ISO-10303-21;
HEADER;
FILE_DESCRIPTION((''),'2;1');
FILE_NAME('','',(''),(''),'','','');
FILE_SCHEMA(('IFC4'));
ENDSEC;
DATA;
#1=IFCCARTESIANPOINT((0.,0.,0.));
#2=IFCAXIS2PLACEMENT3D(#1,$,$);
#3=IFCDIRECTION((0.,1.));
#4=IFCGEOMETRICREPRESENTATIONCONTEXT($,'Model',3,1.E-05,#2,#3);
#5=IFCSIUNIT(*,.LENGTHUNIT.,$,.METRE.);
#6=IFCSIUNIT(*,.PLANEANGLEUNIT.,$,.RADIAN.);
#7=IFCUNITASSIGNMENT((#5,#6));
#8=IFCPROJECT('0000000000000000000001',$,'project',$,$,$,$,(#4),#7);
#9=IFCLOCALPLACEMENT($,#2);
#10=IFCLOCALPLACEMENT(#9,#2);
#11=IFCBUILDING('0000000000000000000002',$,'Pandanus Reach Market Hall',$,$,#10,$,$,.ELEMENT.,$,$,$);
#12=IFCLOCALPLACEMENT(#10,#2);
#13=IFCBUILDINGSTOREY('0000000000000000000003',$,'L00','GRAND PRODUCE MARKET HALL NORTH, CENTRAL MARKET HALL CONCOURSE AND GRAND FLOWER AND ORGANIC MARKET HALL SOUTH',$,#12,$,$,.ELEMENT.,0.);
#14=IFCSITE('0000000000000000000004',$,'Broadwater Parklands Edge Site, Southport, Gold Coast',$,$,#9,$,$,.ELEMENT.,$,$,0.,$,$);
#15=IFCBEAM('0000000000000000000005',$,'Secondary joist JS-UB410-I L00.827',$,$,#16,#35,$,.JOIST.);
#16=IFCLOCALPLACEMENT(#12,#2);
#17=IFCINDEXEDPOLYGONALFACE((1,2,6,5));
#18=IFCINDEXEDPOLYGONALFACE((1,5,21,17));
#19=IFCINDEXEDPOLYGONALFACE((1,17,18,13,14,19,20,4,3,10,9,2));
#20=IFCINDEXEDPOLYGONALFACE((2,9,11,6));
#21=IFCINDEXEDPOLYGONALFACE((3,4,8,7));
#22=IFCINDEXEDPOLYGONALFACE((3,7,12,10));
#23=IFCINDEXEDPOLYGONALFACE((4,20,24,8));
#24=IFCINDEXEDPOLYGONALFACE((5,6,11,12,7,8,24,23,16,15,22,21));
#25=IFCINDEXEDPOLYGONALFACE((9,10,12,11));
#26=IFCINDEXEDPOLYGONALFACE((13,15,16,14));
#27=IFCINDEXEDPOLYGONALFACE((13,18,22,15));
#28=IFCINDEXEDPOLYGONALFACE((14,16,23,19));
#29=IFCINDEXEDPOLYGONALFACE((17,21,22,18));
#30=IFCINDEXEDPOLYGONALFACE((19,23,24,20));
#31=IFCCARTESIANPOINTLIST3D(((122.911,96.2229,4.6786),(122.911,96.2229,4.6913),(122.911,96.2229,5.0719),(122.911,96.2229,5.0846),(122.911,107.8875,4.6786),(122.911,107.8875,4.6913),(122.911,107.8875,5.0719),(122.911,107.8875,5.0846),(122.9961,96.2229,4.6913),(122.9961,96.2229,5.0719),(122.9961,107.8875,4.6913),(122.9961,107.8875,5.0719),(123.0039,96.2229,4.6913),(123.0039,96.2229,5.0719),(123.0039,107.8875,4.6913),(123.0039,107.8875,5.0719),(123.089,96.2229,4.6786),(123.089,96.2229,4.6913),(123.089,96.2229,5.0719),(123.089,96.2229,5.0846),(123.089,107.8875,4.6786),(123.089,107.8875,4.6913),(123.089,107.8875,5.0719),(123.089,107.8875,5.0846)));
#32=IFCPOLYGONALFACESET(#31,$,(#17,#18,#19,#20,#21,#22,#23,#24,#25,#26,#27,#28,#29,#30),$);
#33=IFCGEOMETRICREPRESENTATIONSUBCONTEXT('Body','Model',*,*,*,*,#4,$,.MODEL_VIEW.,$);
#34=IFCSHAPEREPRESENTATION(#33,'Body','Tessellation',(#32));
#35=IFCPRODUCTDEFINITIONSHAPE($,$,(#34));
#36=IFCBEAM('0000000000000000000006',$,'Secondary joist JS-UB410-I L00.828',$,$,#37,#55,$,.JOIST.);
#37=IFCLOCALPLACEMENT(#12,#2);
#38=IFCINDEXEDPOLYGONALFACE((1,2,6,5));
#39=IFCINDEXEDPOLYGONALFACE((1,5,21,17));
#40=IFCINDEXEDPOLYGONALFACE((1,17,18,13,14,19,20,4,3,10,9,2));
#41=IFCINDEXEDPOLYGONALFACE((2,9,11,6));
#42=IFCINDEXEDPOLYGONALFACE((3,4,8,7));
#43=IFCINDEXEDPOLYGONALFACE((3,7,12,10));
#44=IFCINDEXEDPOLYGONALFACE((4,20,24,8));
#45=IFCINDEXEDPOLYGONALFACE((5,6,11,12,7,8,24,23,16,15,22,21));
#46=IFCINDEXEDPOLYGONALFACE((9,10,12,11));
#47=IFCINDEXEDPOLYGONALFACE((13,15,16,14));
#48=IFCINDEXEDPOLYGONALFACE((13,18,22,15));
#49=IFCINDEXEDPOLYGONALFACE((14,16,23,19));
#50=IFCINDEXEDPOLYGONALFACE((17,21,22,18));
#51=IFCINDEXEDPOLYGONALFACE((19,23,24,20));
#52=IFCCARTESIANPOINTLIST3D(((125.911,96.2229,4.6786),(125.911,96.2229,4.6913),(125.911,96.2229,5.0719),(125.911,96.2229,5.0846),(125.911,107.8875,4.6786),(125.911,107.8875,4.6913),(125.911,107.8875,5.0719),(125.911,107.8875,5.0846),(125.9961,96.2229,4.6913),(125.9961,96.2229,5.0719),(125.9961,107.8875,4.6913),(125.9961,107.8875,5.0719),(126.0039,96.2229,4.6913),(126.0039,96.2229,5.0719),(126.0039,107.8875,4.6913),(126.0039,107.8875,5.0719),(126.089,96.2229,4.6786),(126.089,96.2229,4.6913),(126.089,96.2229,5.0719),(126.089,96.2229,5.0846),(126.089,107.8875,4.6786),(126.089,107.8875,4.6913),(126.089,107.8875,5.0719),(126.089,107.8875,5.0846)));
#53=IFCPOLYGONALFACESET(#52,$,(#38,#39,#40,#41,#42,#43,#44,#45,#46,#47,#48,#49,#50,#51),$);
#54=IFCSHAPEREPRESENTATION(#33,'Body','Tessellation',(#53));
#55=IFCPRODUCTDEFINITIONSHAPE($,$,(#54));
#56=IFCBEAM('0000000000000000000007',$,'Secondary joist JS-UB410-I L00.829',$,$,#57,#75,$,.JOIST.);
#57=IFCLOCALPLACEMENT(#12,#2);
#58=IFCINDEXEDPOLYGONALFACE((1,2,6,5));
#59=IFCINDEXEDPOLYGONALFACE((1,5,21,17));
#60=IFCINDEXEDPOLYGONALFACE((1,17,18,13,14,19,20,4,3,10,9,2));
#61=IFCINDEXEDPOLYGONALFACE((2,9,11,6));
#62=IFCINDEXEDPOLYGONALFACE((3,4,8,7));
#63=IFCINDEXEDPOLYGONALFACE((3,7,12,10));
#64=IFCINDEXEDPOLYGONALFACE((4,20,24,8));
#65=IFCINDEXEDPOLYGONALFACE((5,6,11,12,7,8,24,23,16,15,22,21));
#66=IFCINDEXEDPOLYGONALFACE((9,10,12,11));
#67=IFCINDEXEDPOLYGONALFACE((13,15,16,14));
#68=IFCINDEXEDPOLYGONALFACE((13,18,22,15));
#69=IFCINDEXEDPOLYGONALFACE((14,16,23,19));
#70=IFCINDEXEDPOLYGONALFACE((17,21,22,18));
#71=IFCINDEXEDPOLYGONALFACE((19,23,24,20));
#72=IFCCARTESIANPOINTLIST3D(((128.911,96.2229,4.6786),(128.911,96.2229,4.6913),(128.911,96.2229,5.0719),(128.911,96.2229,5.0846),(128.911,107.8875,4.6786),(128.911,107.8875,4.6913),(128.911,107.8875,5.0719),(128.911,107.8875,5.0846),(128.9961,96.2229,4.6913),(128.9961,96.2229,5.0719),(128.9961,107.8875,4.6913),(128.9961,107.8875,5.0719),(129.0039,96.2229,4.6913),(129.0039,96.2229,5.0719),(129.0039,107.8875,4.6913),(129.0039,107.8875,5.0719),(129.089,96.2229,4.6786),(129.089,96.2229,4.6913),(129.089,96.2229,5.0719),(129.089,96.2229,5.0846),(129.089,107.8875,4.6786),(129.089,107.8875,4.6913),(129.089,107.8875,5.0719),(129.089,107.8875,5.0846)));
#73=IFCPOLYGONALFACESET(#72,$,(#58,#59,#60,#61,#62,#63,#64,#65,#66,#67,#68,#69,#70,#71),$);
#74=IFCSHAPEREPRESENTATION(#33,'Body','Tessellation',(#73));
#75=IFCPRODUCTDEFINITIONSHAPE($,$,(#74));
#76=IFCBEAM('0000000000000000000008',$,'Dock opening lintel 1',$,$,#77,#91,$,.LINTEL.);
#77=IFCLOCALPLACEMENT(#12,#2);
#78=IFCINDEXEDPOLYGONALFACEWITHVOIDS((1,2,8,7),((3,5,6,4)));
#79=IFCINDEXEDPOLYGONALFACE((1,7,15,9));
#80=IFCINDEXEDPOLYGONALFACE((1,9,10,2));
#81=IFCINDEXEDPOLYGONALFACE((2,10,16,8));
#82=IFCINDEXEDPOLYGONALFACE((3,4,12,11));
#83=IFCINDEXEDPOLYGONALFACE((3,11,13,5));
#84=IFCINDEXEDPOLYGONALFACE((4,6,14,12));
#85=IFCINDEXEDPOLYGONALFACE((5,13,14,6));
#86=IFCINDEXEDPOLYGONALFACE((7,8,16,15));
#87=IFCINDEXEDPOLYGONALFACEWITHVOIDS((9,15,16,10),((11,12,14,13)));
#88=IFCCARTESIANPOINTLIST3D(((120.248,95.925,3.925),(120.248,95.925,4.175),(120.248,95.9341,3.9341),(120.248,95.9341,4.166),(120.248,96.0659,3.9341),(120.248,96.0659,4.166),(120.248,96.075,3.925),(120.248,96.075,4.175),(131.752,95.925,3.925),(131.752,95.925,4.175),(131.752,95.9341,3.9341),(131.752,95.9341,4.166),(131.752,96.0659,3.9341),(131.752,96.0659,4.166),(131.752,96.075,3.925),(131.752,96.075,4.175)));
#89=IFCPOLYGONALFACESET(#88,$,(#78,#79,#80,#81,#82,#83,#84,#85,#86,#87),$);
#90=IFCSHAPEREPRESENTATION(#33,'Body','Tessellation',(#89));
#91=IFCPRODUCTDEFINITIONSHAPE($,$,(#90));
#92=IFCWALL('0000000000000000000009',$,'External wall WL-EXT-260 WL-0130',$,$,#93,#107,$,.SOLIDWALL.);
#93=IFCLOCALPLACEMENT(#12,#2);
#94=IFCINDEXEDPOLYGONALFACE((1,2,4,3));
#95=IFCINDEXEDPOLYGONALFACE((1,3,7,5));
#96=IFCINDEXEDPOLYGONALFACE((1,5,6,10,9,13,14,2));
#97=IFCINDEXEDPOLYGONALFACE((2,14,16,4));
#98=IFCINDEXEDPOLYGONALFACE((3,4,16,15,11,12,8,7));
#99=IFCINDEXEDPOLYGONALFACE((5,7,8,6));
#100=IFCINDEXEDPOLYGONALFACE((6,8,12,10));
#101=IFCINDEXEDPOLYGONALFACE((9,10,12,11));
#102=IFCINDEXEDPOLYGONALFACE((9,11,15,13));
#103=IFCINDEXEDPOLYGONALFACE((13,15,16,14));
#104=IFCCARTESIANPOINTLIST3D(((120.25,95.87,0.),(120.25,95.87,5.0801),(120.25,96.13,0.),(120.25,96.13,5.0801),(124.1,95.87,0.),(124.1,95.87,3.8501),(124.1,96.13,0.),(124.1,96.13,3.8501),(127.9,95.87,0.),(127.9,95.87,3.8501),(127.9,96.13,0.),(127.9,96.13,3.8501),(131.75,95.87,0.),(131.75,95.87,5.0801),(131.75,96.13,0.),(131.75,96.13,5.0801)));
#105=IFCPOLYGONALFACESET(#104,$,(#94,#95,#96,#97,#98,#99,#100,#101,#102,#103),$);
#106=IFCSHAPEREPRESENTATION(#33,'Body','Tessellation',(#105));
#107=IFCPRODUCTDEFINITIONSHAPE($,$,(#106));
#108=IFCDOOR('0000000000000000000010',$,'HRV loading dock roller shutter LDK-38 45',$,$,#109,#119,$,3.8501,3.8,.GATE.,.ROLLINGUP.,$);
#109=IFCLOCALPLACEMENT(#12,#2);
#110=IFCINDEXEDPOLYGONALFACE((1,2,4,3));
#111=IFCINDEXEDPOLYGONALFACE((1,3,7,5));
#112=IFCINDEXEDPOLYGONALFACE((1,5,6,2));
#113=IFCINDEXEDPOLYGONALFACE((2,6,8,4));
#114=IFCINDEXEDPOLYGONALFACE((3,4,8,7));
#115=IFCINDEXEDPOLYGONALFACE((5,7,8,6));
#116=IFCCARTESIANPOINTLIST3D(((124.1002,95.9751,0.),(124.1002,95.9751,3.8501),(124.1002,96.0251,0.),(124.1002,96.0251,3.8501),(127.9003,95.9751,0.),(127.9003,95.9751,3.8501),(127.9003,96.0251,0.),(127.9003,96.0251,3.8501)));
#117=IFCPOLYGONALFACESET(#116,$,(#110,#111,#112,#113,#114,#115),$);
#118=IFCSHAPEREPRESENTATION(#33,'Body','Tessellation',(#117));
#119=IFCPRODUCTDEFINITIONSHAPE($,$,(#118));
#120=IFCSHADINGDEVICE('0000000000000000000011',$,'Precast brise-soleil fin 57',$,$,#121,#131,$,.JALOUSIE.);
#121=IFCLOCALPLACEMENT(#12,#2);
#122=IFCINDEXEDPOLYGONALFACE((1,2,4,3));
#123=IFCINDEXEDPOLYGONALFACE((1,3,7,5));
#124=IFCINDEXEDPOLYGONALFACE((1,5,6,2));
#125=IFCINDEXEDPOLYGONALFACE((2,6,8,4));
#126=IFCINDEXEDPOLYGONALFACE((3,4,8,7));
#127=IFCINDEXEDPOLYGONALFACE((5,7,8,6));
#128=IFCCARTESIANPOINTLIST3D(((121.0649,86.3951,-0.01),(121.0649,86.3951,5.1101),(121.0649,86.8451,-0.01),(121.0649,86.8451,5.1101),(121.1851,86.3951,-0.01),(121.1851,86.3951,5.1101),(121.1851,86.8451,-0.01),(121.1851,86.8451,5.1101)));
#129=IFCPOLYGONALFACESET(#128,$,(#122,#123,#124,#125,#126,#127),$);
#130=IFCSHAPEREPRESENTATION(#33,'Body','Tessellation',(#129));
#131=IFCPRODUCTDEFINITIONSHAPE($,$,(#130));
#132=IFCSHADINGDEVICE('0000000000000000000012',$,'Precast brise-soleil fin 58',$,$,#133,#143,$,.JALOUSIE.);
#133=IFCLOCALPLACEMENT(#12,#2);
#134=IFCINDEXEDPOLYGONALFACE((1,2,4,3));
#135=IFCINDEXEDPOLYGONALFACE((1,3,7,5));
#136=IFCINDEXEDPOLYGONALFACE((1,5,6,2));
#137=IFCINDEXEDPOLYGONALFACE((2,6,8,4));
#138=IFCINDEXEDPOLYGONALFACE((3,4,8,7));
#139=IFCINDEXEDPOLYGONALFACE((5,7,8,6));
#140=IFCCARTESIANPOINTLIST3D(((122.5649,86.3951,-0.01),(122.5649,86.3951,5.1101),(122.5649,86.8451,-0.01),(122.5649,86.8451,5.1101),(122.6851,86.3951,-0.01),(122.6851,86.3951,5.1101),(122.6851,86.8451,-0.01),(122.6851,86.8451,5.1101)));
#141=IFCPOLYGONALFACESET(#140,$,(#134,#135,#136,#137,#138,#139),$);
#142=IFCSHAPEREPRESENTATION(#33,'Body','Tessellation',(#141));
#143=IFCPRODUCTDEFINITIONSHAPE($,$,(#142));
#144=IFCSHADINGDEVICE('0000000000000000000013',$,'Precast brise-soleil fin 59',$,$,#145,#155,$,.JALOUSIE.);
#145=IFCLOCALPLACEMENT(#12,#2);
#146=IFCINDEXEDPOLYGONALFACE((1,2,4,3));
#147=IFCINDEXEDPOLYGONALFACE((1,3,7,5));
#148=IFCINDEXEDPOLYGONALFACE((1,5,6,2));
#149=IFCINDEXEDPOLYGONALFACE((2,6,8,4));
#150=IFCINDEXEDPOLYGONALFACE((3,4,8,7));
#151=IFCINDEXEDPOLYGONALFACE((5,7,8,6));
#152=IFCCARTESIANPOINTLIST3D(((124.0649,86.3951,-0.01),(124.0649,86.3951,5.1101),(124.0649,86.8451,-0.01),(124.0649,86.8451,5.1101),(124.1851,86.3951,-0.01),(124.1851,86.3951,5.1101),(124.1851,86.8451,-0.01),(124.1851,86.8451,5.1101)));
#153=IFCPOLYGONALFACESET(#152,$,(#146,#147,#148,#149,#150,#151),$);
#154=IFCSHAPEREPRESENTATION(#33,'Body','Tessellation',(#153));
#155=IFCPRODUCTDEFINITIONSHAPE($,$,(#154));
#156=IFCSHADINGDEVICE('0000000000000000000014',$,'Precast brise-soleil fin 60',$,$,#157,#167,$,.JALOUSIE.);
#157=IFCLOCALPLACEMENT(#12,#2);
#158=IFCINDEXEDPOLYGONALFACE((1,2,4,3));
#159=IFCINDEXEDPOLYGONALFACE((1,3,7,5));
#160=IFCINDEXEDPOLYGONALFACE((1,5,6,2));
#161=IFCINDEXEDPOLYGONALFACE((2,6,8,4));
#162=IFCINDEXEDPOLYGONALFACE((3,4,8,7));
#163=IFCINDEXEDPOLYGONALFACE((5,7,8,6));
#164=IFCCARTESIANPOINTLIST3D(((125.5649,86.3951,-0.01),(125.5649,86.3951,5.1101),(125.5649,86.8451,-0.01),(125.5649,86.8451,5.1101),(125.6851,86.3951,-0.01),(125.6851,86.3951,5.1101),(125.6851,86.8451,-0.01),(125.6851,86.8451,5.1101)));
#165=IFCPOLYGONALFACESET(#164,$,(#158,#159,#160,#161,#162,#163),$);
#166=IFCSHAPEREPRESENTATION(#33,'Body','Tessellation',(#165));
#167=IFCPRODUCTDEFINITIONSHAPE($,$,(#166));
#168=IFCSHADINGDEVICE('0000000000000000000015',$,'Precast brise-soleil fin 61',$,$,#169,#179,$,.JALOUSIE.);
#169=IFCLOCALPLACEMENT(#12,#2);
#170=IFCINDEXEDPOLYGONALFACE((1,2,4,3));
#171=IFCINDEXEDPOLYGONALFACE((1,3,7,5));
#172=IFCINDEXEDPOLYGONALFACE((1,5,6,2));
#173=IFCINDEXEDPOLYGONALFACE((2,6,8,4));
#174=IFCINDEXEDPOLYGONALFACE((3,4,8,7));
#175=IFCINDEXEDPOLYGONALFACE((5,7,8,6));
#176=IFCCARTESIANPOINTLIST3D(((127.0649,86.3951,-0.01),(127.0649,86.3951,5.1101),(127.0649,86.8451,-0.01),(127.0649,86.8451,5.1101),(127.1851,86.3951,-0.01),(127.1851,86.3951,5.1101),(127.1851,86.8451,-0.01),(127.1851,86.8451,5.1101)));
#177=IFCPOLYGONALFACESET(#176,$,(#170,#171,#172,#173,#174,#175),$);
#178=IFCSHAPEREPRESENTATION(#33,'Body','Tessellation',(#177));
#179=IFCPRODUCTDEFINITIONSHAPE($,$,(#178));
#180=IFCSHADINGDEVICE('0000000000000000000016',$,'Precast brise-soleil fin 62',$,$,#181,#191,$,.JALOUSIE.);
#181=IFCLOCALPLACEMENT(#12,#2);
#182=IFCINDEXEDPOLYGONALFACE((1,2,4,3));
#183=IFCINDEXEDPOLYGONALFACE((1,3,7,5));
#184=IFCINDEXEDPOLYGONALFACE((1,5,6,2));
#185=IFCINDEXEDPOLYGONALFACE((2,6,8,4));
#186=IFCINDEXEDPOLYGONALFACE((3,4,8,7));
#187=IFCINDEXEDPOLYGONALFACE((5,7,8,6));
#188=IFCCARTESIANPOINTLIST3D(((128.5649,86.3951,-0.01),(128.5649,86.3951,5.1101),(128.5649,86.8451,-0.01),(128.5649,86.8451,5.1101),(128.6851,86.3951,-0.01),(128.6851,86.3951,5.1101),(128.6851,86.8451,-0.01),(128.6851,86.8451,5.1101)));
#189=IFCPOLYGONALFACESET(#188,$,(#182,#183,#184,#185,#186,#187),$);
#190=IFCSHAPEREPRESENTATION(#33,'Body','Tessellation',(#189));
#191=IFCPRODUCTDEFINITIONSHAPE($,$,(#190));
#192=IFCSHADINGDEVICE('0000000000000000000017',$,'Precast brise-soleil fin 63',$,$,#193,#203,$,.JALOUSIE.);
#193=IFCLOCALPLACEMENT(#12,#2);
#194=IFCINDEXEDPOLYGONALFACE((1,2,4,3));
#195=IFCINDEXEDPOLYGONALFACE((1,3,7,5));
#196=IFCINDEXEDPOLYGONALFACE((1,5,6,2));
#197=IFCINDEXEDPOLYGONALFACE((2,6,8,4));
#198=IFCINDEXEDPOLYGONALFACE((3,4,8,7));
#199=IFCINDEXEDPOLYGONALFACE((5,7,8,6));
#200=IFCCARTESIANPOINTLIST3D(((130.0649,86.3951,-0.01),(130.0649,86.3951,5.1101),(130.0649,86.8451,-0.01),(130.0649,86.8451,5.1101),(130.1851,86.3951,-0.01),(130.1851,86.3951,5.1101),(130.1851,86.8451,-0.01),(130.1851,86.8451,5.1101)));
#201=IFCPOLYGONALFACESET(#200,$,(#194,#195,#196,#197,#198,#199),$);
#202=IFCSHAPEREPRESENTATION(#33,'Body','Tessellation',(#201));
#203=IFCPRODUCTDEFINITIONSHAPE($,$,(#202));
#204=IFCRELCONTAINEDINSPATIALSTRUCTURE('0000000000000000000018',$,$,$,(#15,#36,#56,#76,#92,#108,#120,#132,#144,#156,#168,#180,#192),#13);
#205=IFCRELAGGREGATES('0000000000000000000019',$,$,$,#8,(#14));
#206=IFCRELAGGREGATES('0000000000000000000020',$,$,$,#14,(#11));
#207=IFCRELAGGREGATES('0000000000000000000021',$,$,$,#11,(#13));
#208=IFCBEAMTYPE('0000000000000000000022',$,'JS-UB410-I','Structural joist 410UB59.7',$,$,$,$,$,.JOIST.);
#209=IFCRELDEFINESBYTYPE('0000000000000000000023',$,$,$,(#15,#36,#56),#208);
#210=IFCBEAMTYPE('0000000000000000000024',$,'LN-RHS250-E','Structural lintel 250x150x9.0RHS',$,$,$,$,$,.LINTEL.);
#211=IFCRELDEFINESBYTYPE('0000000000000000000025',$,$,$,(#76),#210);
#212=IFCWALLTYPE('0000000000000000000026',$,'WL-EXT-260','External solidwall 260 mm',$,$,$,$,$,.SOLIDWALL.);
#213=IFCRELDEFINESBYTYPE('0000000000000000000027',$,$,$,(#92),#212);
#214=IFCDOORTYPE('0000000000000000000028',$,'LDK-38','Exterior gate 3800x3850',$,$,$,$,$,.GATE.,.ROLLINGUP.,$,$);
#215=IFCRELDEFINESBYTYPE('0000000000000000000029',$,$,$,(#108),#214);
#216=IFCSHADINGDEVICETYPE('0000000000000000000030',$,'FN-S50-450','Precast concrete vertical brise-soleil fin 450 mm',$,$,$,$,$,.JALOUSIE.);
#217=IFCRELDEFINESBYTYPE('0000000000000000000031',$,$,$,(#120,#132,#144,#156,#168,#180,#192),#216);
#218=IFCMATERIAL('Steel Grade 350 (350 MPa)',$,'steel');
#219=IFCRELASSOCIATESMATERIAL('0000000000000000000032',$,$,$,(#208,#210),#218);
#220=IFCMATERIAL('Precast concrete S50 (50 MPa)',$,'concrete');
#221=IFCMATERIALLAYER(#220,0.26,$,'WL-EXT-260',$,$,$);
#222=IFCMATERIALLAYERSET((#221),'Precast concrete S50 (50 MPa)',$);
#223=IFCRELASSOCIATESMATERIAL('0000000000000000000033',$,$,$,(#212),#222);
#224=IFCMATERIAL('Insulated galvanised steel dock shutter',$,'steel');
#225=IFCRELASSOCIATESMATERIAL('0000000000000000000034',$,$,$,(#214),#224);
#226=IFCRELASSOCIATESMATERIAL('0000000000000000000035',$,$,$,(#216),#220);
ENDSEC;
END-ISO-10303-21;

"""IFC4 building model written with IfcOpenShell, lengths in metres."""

from ifc_helpers import new_model, si_unit, direction, frame, frame_2d, origin, origin_2d, place, context, subcontext, project, spatial, rectangle, hollow_rectangle, i_section, extrude, material, layer, layer_set, material_profile, profile_set, type_object, element, fill, save


model = new_model("IFC4")

# Units and contexts
model_context = context("Model", 3, precision=1e-05, world=origin(), true_north=direction((0.0, 1.0)))
body_context = subcontext(model_context, "Body", "Model", "MODEL_VIEW")
ifc_project = project(units=[si_unit("LENGTHUNIT", "METRE"), si_unit("PLANEANGLEUNIT", "RADIAN")], contexts=[model_context])

# Site, building, storey
site_placement = place(None, origin())
site = spatial("IfcSite", under=ifc_project, at=site_placement, Name="Broadwater Parklands Edge Site, Southport, Gold Coast", CompositionType="ELEMENT", RefElevation=0.0)
building_placement = place(site_placement, origin())
building = spatial("IfcBuilding", under=site, at=building_placement, Name="Pandanus Reach Market Hall", CompositionType="ELEMENT")
storey_placement = place(building_placement, origin())
storey = spatial("IfcBuildingStorey", under=building, at=storey_placement, Name="L00", Description="GRAND PRODUCE MARKET HALL NORTH, CENTRAL MARKET HALL CONCOURSE AND GRAND FLOWER AND ORGANIC MARKET HALL SOUTH", CompositionType="ELEMENT", Elevation=0.0)

# Shared definitions
ifc_material_1 = material(Name="Precast concrete S50 (50 MPa)", Category="concrete")

# Beams
ifc_material_2 = material(Name="Steel Grade 350 (350 MPa)", Category="steel")
ifc_material_profile_1 = material_profile(ifc_material_2, i_section(OverallWidth=0.178, OverallDepth=0.406, WebThickness=0.0078, FlangeThickness=0.0127, at=origin_2d()), Name="410UB59.7", Category="LoadBearing")
ifc_profile_set_1 = profile_set([ifc_material_profile_1], Name="Steel Grade 350 (350 MPa)")
beam_type_1 = type_object("IfcBeamType", Name="JS-UB410-I", Description="Structural joist 410UB59.7", PredefinedType="JOIST", material=ifc_profile_set_1)
for number, where, z_axis, x_axis, name in (
    (1, (123.0, 96.2229, 4.8816), (0.0, 1.0, 0.0), (-1.0, 0.0, 0.0), "Secondary joist JS-UB410-I L00.827"),
    (2, (126.0, 96.2229, 4.8816), (0.0, 1.0, 0.0), (-1.0, 0.0, 0.0), "Secondary joist JS-UB410-I L00.828"),
    (3, (129.0, 96.2229, 4.8816), (0.0, 1.0, 0.0), (-1.0, 0.0, 0.0), "Secondary joist JS-UB410-I L00.829"),
):
    element("IfcBeam", number, at=place(storey_placement, frame(where, z_axis=z_axis, x_axis=x_axis)), inside=storey, type_object=beam_type_1, Name=name, PredefinedType="JOIST", context=body_context, shape_type="SweptSolid", body=[
        extrude(i_section(OverallWidth=0.178, OverallDepth=0.406, WebThickness=0.0078, FlangeThickness=0.0127, at=origin_2d()), origin(), (0.0, 0.0, 1.0), 11.6646),
    ])
ifc_material_profile_2 = material_profile(ifc_material_2, hollow_rectangle(XDim=0.1499, YDim=0.25, WallThickness=0.009, at=origin_2d()), Name="250x150x9.0RHS", Category="LoadBearing")
ifc_profile_set_2 = profile_set([ifc_material_profile_2], Name="Steel Grade 350 (350 MPa)")
beam_type_2 = type_object("IfcBeamType", Name="LN-RHS250-E", Description="Structural lintel 250x150x9.0RHS", PredefinedType="LINTEL", material=ifc_profile_set_2)
beam_1_placement = place(storey_placement, frame((120.248, 96.0, 4.05), z_axis=(1.0, 0.0, 0.0), x_axis=(0.0, 1.0, 0.0)))
element("IfcBeam", 4, at=beam_1_placement, inside=storey, type_object=beam_type_2, Name="Dock opening lintel 1", PredefinedType="LINTEL", context=body_context, shape_type="SweptSolid", body=[
    extrude(hollow_rectangle(XDim=0.1499, YDim=0.25, WallThickness=0.009, at=origin_2d()), origin(), (0.0, 0.0, 1.0), 11.5039),
])

# Wall, opening, door
ifc_layer = layer(ifc_material_1, 0.26, Name="WL-EXT-260")
ifc_layer_set = layer_set([ifc_layer], Name="Precast concrete S50 (50 MPa)")
wall_type = type_object("IfcWallType", Name="WL-EXT-260", Description="External solidwall 260 mm", PredefinedType="SOLIDWALL", material=ifc_layer_set)
wall_placement = place(storey_placement, frame((120.25, 96.0, 0.0), z_axis=(0.0, 0.0, 1.0), x_axis=(1.0, 0.0, 0.0)))
wall = element("IfcWall", 5, at=wall_placement, inside=storey, type_object=wall_type, Name="External wall WL-EXT-260 WL-0130", PredefinedType="SOLIDWALL", context=body_context, shape_type="SweptSolid", body=[
    extrude(rectangle(XDim=11.5, YDim=0.26, at=frame_2d((5.75, 0.0))), origin(), (0.0, 0.0, 1.0), 5.0801),
])
opening_placement = place(wall_placement, frame((3.8501, 0.0, 0.0)))
opening = element("IfcOpeningElement", 6, at=opening_placement, cuts=wall, PredefinedType="OPENING", context=body_context, shape_type="SweptSolid", body=[
    extrude(rectangle(XDim=3.8, YDim=3.8501, at=frame_2d((1.8999, 1.925))), frame((0.0, 0.145, 0.0), z_axis=(0.0, -1.0, 0.0), x_axis=(1.0, 0.0, 0.0)), (0.0, 0.0, 1.0), 0.29),
])
ifc_material_3 = material(Name="Insulated galvanised steel dock shutter", Category="steel")
door_type = type_object("IfcDoorType", Name="LDK-38", Description="Exterior gate 3800x3850", OperationType="ROLLINGUP", PredefinedType="GATE", material=ifc_material_3)
door_placement = place(opening_placement, frame((3.8, 0.0, 0.0), z_axis=(0.0, 0.0, 1.0), x_axis=(-1.0, 0.0, 0.0)))
door = element("IfcDoor", 7, at=door_placement, inside=storey, type_object=door_type, Name="HRV loading dock roller shutter LDK-38 45", OperationType="ROLLINGUP", OverallHeight=3.8501, OverallWidth=3.8, PredefinedType="GATE", context=body_context, shape_type="SweptSolid", body=[
    extrude(rectangle(XDim=3.8, YDim=3.8501, at=frame_2d((1.8999, 1.925))), frame((0.0, 0.0249, 0.0), z_axis=(0.0, -1.0, 0.0), x_axis=(1.0, 0.0, 0.0)), (0.0, 0.0, 1.0), 0.05),
])
fill(opening, door)

# Shading devices
shading_device_type = type_object("IfcShadingDeviceType", Name="FN-S50-450", Description="Precast concrete vertical brise-soleil fin 450 mm", PredefinedType="JALOUSIE", material=ifc_material_1)
for number, where, z_axis, x_axis, name in (
    (8, (121.125, 86.6201, -0.01), (0.0, 0.0, 1.0), (0.0, 1.0, 0.0), "Precast brise-soleil fin 57"),
    (9, (122.625, 86.6201, -0.01), (0.0, 0.0, 1.0), (0.0, 1.0, 0.0), "Precast brise-soleil fin 58"),
    (10, (124.125, 86.6201, -0.01), (0.0, 0.0, 1.0), (0.0, 1.0, 0.0), "Precast brise-soleil fin 59"),
    (11, (125.625, 86.6201, -0.01), (0.0, 0.0, 1.0), (0.0, 1.0, 0.0), "Precast brise-soleil fin 60"),
    (12, (127.125, 86.6201, -0.01), (0.0, 0.0, 1.0), (0.0, 1.0, 0.0), "Precast brise-soleil fin 61"),
    (13, (128.625, 86.6201, -0.01), (0.0, 0.0, 1.0), (0.0, 1.0, 0.0), "Precast brise-soleil fin 62"),
    (14, (130.125, 86.6201, -0.01), (0.0, 0.0, 1.0), (0.0, 1.0, 0.0), "Precast brise-soleil fin 63"),
):
    element("IfcShadingDevice", number, at=place(storey_placement, frame(where, z_axis=z_axis, x_axis=x_axis)), inside=storey, type_object=shading_device_type, Name=name, PredefinedType="JALOUSIE", context=body_context, shape_type="SweptSolid", body=[
        extrude(rectangle(XDim=0.45, YDim=0.1201, at=origin_2d()), origin(), (0.0, 0.0, 1.0), 5.1201),
    ])

save(model, "model.ifc")
